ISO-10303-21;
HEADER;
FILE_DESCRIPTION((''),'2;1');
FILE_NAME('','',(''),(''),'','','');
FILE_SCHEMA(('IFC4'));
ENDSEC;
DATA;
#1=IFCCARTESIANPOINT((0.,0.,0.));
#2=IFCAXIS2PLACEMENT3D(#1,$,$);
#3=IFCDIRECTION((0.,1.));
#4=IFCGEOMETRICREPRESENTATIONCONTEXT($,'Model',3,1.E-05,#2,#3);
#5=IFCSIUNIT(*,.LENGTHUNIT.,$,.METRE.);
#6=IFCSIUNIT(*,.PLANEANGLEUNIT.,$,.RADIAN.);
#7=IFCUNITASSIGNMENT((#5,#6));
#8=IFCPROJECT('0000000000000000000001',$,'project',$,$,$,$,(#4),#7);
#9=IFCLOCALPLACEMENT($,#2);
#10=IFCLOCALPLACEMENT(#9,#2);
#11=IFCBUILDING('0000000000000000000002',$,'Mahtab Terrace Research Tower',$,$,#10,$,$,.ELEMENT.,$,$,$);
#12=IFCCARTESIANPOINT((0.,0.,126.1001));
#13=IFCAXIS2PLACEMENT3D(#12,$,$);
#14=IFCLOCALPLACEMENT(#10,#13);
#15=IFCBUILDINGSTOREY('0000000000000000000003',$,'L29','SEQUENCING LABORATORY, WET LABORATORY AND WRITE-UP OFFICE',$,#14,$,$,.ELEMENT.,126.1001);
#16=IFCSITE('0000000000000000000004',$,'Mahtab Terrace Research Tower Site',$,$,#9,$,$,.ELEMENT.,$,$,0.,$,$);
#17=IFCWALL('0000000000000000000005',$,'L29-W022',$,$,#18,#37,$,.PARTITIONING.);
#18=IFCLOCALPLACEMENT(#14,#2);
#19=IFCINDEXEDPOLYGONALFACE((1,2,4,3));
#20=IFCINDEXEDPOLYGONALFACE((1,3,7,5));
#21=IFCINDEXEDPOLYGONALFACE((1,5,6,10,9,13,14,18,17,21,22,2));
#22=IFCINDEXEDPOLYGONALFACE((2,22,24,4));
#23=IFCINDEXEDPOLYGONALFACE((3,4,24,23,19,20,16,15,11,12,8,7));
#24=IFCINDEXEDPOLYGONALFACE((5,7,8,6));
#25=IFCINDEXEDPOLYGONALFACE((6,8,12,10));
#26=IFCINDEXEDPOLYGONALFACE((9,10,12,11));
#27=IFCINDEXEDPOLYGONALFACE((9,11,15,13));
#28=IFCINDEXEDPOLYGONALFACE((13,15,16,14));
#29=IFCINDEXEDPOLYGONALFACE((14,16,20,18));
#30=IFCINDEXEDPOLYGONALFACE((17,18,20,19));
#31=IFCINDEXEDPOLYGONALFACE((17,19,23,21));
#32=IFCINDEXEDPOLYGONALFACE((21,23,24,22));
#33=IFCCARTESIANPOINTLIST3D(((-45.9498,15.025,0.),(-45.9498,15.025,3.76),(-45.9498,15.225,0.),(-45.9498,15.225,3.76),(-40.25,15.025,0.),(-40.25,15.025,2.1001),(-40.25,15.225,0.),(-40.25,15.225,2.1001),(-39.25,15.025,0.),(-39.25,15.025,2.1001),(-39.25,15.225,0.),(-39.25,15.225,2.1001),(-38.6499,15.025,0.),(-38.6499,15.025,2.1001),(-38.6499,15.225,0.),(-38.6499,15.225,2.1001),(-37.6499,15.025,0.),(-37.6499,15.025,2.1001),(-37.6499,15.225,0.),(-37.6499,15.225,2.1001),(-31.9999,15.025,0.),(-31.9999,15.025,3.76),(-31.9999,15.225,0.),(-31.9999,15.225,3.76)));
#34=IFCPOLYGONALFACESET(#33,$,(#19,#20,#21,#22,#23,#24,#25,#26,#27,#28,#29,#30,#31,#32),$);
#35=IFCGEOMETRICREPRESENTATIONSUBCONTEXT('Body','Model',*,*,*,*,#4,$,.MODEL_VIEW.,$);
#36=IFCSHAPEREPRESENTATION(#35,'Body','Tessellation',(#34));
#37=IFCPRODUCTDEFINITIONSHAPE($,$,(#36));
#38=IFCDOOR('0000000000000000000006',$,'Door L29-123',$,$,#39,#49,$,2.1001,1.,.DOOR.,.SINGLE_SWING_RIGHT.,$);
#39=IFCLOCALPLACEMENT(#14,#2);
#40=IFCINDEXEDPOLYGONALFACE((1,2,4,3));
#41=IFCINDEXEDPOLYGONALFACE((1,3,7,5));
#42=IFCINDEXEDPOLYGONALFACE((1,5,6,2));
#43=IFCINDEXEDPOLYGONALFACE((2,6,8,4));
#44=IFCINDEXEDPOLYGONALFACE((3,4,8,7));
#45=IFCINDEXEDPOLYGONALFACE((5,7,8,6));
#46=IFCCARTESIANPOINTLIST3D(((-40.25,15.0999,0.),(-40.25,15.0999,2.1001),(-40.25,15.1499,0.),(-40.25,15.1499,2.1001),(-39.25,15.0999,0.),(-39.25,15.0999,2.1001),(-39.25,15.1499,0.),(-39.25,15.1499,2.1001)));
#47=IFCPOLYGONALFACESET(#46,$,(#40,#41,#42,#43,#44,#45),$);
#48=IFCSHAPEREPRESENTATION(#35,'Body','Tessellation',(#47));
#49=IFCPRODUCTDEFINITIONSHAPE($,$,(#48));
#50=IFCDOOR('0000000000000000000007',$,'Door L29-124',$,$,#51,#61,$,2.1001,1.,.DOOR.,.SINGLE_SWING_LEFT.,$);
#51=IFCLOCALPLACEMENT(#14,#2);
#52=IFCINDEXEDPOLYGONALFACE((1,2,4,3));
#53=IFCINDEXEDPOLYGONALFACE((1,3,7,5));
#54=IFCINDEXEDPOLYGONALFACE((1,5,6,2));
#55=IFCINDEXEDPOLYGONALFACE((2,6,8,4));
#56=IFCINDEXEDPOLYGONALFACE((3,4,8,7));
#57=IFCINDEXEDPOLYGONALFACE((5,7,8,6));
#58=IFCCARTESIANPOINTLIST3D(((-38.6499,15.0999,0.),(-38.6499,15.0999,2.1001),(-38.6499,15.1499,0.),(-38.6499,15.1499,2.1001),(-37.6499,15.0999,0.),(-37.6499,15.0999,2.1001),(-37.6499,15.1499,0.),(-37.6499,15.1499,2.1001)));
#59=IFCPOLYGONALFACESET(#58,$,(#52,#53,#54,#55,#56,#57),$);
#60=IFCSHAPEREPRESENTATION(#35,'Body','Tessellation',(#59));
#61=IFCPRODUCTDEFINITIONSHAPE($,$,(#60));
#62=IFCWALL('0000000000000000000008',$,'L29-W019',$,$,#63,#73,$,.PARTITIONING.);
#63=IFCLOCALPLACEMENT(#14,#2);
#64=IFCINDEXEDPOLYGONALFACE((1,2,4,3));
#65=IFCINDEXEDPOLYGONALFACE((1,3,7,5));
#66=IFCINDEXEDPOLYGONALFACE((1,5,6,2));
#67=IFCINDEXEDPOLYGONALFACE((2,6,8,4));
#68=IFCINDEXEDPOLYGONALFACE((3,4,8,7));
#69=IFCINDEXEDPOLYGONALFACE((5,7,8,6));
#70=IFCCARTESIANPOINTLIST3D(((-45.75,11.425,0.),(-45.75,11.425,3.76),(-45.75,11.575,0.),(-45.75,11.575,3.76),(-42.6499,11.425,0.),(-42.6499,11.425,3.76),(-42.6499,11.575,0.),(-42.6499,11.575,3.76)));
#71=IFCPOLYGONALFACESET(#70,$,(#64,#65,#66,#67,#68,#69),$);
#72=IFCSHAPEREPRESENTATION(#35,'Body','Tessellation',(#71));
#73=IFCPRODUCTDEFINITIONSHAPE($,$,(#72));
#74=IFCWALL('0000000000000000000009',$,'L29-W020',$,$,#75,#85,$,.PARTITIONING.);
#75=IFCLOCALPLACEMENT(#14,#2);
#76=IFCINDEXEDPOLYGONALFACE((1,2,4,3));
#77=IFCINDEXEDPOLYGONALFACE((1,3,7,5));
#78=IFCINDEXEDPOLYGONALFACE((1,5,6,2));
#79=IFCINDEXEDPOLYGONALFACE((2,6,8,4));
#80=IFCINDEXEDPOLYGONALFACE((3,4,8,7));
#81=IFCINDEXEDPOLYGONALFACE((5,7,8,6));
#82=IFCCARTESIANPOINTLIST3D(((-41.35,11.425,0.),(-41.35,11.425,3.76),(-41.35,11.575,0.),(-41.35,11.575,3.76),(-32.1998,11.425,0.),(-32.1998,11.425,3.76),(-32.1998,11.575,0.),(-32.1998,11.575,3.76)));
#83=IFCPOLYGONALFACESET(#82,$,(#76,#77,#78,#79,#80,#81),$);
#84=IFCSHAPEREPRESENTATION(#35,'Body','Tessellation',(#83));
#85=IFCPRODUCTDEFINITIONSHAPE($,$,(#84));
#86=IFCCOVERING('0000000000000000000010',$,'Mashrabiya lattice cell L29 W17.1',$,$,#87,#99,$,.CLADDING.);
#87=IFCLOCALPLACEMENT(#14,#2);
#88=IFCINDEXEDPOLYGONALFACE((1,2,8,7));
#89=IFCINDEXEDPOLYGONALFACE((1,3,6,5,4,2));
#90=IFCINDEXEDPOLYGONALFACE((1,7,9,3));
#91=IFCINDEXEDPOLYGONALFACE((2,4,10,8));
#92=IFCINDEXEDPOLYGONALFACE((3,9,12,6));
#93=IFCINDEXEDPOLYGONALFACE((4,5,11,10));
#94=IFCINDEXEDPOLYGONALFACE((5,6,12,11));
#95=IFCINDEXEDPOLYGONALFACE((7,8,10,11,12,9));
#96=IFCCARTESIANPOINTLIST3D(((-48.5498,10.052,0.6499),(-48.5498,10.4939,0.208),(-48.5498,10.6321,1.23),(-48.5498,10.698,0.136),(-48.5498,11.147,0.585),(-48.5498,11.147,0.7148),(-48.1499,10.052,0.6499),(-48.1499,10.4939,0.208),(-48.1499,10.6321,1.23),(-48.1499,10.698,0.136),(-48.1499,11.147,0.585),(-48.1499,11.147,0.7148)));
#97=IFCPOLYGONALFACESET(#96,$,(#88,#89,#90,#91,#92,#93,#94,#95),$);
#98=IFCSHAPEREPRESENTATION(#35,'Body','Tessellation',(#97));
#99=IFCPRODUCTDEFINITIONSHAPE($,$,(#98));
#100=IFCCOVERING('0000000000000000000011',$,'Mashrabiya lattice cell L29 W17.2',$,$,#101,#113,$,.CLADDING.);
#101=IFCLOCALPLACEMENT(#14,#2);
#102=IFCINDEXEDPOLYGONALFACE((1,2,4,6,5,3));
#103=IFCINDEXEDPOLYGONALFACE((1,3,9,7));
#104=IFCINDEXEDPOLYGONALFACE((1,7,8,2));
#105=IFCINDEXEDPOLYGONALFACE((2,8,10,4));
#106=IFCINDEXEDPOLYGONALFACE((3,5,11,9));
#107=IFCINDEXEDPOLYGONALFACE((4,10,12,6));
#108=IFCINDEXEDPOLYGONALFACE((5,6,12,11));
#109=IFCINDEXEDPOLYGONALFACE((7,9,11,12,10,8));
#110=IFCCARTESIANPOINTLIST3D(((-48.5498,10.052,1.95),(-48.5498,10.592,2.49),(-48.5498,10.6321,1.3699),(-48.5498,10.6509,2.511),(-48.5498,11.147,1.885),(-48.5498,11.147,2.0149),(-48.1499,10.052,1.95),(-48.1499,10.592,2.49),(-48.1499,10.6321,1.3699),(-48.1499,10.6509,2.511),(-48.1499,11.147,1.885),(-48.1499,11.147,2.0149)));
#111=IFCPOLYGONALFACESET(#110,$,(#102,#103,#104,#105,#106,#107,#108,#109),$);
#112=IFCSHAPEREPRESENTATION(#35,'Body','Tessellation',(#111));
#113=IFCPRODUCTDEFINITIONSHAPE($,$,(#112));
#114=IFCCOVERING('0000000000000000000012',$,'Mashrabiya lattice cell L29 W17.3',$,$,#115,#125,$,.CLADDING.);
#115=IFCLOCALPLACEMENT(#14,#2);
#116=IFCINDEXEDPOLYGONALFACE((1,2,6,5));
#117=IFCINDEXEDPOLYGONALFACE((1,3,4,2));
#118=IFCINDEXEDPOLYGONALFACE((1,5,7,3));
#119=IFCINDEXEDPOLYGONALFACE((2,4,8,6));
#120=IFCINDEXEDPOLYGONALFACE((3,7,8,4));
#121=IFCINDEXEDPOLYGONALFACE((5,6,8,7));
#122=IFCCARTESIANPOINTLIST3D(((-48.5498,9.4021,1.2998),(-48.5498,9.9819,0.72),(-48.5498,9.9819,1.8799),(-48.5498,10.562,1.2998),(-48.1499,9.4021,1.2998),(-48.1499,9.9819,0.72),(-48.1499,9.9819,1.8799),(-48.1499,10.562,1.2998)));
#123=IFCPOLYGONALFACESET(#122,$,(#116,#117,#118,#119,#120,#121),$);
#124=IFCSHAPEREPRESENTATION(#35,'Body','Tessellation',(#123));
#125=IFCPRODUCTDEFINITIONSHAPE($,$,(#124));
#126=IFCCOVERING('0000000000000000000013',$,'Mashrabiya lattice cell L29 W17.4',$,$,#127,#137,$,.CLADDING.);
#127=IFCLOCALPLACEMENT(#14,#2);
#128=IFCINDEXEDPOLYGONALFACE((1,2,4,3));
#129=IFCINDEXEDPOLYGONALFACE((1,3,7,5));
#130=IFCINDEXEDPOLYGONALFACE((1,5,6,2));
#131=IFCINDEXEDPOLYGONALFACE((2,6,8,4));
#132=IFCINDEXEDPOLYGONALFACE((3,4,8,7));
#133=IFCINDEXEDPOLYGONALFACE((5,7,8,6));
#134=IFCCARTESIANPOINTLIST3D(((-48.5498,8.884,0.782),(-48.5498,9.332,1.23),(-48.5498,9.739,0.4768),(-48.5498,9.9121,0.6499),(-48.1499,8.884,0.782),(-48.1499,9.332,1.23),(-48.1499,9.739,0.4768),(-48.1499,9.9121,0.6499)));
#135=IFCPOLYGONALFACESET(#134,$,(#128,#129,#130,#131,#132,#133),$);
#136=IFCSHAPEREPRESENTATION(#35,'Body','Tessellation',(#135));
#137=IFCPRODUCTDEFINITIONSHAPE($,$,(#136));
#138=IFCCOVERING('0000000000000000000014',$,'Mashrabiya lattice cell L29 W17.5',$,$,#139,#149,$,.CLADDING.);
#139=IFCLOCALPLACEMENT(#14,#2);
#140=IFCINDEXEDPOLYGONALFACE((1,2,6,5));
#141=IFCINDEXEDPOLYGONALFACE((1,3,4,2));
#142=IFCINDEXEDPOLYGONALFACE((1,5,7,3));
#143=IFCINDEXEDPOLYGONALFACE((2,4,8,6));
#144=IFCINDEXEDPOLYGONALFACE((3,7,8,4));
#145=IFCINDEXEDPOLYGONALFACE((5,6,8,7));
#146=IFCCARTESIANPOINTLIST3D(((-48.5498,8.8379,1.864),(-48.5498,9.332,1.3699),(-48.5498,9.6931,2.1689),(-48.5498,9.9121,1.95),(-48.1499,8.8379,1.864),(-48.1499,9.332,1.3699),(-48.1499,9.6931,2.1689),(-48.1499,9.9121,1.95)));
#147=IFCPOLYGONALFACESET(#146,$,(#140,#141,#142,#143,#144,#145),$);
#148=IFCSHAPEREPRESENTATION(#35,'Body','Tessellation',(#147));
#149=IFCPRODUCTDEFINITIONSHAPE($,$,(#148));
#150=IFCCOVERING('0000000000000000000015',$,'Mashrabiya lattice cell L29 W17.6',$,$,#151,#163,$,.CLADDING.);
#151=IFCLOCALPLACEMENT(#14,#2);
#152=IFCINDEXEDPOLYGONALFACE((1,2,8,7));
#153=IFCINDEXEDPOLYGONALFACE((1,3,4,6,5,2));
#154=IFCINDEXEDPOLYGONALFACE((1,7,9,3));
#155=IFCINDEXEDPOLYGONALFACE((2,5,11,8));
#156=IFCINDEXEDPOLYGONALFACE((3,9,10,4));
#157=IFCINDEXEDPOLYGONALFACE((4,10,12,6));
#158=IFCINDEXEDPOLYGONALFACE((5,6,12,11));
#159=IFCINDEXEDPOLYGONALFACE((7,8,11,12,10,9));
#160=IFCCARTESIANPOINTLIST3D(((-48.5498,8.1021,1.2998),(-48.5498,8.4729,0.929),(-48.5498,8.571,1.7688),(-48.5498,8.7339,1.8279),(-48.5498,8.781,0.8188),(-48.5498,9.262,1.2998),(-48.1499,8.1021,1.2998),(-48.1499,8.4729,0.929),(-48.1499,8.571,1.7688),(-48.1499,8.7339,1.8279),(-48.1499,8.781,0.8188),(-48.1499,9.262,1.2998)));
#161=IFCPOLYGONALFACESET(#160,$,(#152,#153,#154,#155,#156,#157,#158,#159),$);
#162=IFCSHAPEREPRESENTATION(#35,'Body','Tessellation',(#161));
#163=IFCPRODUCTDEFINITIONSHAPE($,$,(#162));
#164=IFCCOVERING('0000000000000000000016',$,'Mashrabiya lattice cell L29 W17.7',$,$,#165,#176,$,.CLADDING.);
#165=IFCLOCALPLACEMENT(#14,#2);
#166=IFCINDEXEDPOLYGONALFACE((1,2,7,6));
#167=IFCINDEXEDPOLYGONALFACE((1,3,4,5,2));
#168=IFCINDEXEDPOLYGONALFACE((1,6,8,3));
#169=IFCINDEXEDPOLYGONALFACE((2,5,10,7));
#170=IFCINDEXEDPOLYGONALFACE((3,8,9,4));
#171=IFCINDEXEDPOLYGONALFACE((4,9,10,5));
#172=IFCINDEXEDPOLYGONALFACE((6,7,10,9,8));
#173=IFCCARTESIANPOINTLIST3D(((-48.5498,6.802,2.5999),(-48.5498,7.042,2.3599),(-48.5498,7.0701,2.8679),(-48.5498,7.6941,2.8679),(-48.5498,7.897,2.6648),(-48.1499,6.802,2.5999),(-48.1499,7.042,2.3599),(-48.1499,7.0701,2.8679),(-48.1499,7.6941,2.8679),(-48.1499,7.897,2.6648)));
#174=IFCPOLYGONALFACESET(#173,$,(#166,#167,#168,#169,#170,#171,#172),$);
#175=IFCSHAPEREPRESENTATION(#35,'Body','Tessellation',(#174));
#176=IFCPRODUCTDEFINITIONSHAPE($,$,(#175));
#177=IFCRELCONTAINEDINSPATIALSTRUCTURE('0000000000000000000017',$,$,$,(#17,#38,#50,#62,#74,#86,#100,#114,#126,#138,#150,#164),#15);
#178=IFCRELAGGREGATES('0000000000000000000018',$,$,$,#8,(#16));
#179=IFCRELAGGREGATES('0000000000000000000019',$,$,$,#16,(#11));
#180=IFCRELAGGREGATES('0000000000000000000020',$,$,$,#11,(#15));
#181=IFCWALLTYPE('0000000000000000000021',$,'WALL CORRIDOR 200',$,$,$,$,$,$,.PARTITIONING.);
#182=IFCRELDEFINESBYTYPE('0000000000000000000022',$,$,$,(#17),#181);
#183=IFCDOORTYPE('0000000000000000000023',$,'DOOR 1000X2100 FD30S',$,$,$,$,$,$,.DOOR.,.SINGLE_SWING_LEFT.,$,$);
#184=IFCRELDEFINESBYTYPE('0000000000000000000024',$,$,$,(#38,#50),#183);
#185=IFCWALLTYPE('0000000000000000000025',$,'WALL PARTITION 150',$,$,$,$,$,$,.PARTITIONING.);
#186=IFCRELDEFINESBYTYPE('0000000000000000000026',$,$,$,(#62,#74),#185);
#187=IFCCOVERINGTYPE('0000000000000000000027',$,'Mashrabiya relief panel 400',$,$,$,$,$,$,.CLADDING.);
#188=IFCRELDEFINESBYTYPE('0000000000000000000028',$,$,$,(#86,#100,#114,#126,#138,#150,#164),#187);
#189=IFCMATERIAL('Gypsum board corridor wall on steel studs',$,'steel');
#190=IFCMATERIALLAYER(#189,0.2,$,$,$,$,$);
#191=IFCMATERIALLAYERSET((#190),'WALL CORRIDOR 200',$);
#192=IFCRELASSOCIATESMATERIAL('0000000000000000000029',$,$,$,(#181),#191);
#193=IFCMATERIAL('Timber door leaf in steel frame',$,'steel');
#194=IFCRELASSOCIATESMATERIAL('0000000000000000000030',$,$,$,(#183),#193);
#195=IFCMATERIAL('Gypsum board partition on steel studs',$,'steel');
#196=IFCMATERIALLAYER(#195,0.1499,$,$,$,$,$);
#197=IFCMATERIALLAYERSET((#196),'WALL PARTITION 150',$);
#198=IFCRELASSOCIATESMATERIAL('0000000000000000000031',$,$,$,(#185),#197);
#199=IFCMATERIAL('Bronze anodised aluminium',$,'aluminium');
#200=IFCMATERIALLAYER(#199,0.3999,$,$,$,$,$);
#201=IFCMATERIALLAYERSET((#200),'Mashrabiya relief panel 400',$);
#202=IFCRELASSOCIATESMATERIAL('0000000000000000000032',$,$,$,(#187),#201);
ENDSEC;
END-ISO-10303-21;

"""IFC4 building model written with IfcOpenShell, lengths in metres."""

from ifc_helpers import new_model, si_unit, direction, frame, frame_2d, origin, place, context, subcontext, project, spatial, polyline, rectangle, outline, extrude, material, layer, layer_set, type_object, element, fill, save


model = new_model("IFC4")

# Units and contexts
model_context = context("Model", 3, precision=1e-05, world=origin(), true_north=direction((0.0, 1.0)))
body_context = subcontext(model_context, "Body", "Model", "MODEL_VIEW")
ifc_project = project(units=[si_unit("LENGTHUNIT", "METRE"), si_unit("PLANEANGLEUNIT", "RADIAN")], contexts=[model_context])

# Site, building, storey
site_placement = place(None, origin())
site = spatial("IfcSite", under=ifc_project, at=site_placement, Name="Mahtab Terrace Research Tower Site", CompositionType="ELEMENT", RefElevation=0.0)
building_placement = place(site_placement, origin())
building = spatial("IfcBuilding", under=site, at=building_placement, Name="Mahtab Terrace Research Tower", CompositionType="ELEMENT")
storey_placement = place(building_placement, frame((0.0, 0.0, 126.1001)))
storey = spatial("IfcBuildingStorey", under=building, at=storey_placement, Name="L29", Description="SEQUENCING LABORATORY, WET LABORATORY AND WRITE-UP OFFICE", CompositionType="ELEMENT", Elevation=126.1001)

# Wall, openings, doors
ifc_material_1 = material(Name="Gypsum board corridor wall on steel studs", Category="steel")
ifc_layer_1 = layer(ifc_material_1, 0.2)
ifc_layer_set_1 = layer_set([ifc_layer_1], Name="WALL CORRIDOR 200")
wall_type_1 = type_object("IfcWallType", Name="WALL CORRIDOR 200", PredefinedType="PARTITIONING", material=ifc_layer_set_1)
wall_1_placement = place(storey_placement, frame((-45.95, 15.125, 0.0), z_axis=(0.0, 0.0, 1.0), x_axis=(1.0, 0.0, 0.0)))
wall_1 = element("IfcWall", 1, at=wall_1_placement, inside=storey, type_object=wall_type_1, Name="L29-W022", PredefinedType="PARTITIONING", context=body_context, shape_type="SweptSolid", body=[
    extrude(rectangle(XDim=13.95, YDim=0.2, at=frame_2d((6.9751, 0.0))), origin(), (0.0, 0.0, 1.0), 3.76),
])
opening_1_placement = place(wall_1_placement, frame((5.7, 0.0, 0.0)))
opening_1 = element("IfcOpeningElement", 2, at=opening_1_placement, cuts=wall_1, PredefinedType="OPENING", context=body_context, shape_type="SweptSolid", body=[
    extrude(rectangle(XDim=1.0, YDim=2.1001, at=frame_2d((0.5, 1.05))), frame((0.0, 0.1099, 0.0), z_axis=(0.0, -1.0, 0.0), x_axis=(1.0, 0.0, 0.0)), (0.0, 0.0, 1.0), 0.22),
])
opening_2_placement = place(wall_1_placement, frame((7.3, 0.0, 0.0)))
opening_2 = element("IfcOpeningElement", 3, at=opening_2_placement, cuts=wall_1, PredefinedType="OPENING", context=body_context, shape_type="SweptSolid", body=[
    extrude(rectangle(XDim=1.0, YDim=2.1001, at=frame_2d((0.5, 1.05))), frame((0.0, 0.1099, 0.0), z_axis=(0.0, -1.0, 0.0), x_axis=(1.0, 0.0, 0.0)), (0.0, 0.0, 1.0), 0.22),
])
ifc_material_2 = material(Name="Timber door leaf in steel frame", Category="steel")
door_type = type_object("IfcDoorType", Name="DOOR 1000X2100 FD30S", OperationType="SINGLE_SWING_LEFT", PredefinedType="DOOR", material=ifc_material_2)
door_1_placement = place(opening_1_placement, origin())
door_1 = element("IfcDoor", 4, at=door_1_placement, inside=storey, type_object=door_type, Name="Door L29-123", OperationType="SINGLE_SWING_RIGHT", OverallHeight=2.1001, OverallWidth=1.0, PredefinedType="DOOR", context=body_context, shape_type="SweptSolid", body=[
    extrude(rectangle(XDim=1.0, YDim=2.1001, at=frame_2d((0.5, 1.05))), frame((0.0, 0.0249, 0.0), z_axis=(0.0, -1.0, 0.0), x_axis=(1.0, 0.0, 0.0)), (0.0, 0.0, 1.0), 0.05),
])
fill(opening_1, door_1)
door_2_placement = place(opening_2_placement, origin())
door_2 = element("IfcDoor", 5, at=door_2_placement, inside=storey, type_object=door_type, Name="Door L29-124", OperationType="SINGLE_SWING_LEFT", OverallHeight=2.1001, OverallWidth=1.0, PredefinedType="DOOR", context=body_context, shape_type="SweptSolid", body=[
    extrude(rectangle(XDim=1.0, YDim=2.1001, at=frame_2d((0.5, 1.05))), frame((0.0, 0.0249, 0.0), z_axis=(0.0, -1.0, 0.0), x_axis=(1.0, 0.0, 0.0)), (0.0, 0.0, 1.0), 0.05),
])
fill(opening_2, door_2)

# Walls
ifc_material_3 = material(Name="Gypsum board partition on steel studs", Category="steel")
ifc_layer_2 = layer(ifc_material_3, 0.1499)
ifc_layer_set_2 = layer_set([ifc_layer_2], Name="WALL PARTITION 150")
wall_type_2 = type_object("IfcWallType", Name="WALL PARTITION 150", PredefinedType="PARTITIONING", material=ifc_layer_set_2)
wall_2_placement = place(storey_placement, frame((-45.75, 11.5, 0.0), z_axis=(0.0, 0.0, 1.0), x_axis=(1.0, 0.0, 0.0)))
element("IfcWall", 6, at=wall_2_placement, inside=storey, type_object=wall_type_2, Name="L29-W019", PredefinedType="PARTITIONING", context=body_context, shape_type="SweptSolid", body=[
    extrude(rectangle(XDim=3.1001, YDim=0.1499, at=frame_2d((1.55, 0.0))), origin(), (0.0, 0.0, 1.0), 3.76),
])
wall_3_placement = place(storey_placement, frame((-41.3501, 11.5, 0.0), z_axis=(0.0, 0.0, 1.0), x_axis=(1.0, 0.0, 0.0)))
element("IfcWall", 7, at=wall_3_placement, inside=storey, type_object=wall_type_2, Name="L29-W020", PredefinedType="PARTITIONING", context=body_context, shape_type="SweptSolid", body=[
    extrude(rectangle(XDim=9.1501, YDim=0.1499, at=frame_2d((4.5752, 0.0))), origin(), (0.0, 0.0, 1.0), 3.76),
])

# Coverings
ifc_material_4 = material(Name="Bronze anodised aluminium", Category="aluminium")
ifc_layer_3 = layer(ifc_material_4, 0.3999)
ifc_layer_set_3 = layer_set([ifc_layer_3], Name="Mashrabiya relief panel 400")
covering_type = type_object("IfcCoveringType", Name="Mashrabiya relief panel 400", PredefinedType="CLADDING", material=ifc_layer_set_3)
covering_1_placement = place(storey_placement, frame((-48.1499, 11.147, 0.585), z_axis=(1.0, 0.0, 0.0), x_axis=(0.0, 0.0, 1.0)))
element("IfcCovering", 8, at=covering_1_placement, inside=storey, type_object=covering_type, Name="Mashrabiya lattice cell L29 W17.1", PredefinedType="CLADDING", context=body_context, shape_type="SweptSolid", body=[
    extrude(outline(polyline([(0.0, 0.0), (0.1299, 0.0), (0.645, 0.5149), (0.0649, 1.095), (-0.377, 0.6531), (-0.449, 0.449), (0.0, 0.0)])), origin(), (0.0, 0.0, -1.0), 0.3999),
])
covering_2_placement = place(storey_placement, frame((-48.1499, 10.052, 1.95), z_axis=(1.0, 0.0, 0.0), x_axis=(0.0, 0.707107, -0.707107)))
element("IfcCovering", 9, at=covering_2_placement, inside=storey, type_object=covering_type, Name="Mashrabiya lattice cell L29 W17.2", PredefinedType="CLADDING", context=body_context, shape_type="SweptSolid", body=[
    extrude(outline(polyline([(0.0, 0.0), (0.8204, 0.0), (0.8202, 0.7283), (0.7283, 0.8202), (0.0268, 0.8202), (0.0, 0.7637), (0.0, 0.0)])), origin(), (0.0, 0.0, -1.0), 0.3999),
])
covering_3_placement = place(storey_placement, frame((-48.1499, 9.9819, 1.8799), z_axis=(1.0, 0.0, 0.0), x_axis=(0.0, -0.706958, -0.707256)))
element("IfcCovering", 10, at=covering_3_placement, inside=storey, type_object=covering_type, Name="Mashrabiya lattice cell L29 W17.3", PredefinedType="CLADDING", context=body_context, shape_type="SweptSolid", body=[
    extrude(outline(polyline([(0.0, 0.0), (0.8202, 0.0), (0.8204, 0.82), (0.0002, 0.8204), (0.0, 0.0)])), origin(), (0.0, 0.0, -1.0), 0.3999),
])
covering_4_placement = place(storey_placement, frame((-48.1499, 9.9121, 0.6499), z_axis=(1.0, 0.0, 0.0), x_axis=(0.0, -0.707107, 0.707107)))
element("IfcCovering", 11, at=covering_4_placement, inside=storey, type_object=covering_type, Name="Mashrabiya lattice cell L29 W17.4", PredefinedType="CLADDING", context=body_context, shape_type="SweptSolid", body=[
    extrude(outline(polyline([(0.0, 0.0), (0.8204, 0.0), (0.8204, 0.6336), (0.0, 0.2448), (0.0, 0.0)])), origin(), (0.0, 0.0, -1.0), 0.3999),
])
covering_5_placement = place(storey_placement, frame((-48.1499, 9.332, 1.3699), z_axis=(1.0, 0.0, 0.0), x_axis=(0.0, 0.707107, 0.707107)))
element("IfcCovering", 12, at=covering_5_placement, inside=storey, type_object=covering_type, Name="Mashrabiya lattice cell L29 W17.5", PredefinedType="CLADDING", context=body_context, shape_type="SweptSolid", body=[
    extrude(outline(polyline([(0.0, 0.0), (0.8204, 0.0), (0.8204, 0.3097), (0.0, 0.6988), (0.0, 0.0)])), origin(), (0.0, 0.0, -1.0), 0.3999),
])
covering_6_placement = place(storey_placement, frame((-48.1499, 9.262, 1.2998), z_axis=(1.0, 0.0, 0.0), x_axis=(0.0, -0.707107, 0.707107)))
element("IfcCovering", 13, at=covering_6_placement, inside=storey, type_object=covering_type, Name="Mashrabiya lattice cell L29 W17.6", PredefinedType="CLADDING", context=body_context, shape_type="SweptSolid", body=[
    extrude(outline(polyline([(0.0, 0.0), (0.7468, 0.0), (0.8202, 0.1569), (0.8202, 0.8202), (0.2957, 0.8202), (0.0, 0.6802), (0.0, 0.0)])), origin(), (0.0, 0.0, -1.0), 0.3999),
])
covering_7_placement = place(storey_placement, frame((-48.1499, 6.802, 2.5999), z_axis=(1.0, 0.0, 0.0), x_axis=(0.0, 0.707107, -0.707107)))
element("IfcCovering", 14, at=covering_7_placement, inside=storey, type_object=covering_type, Name="Mashrabiya lattice cell L29 W17.7", PredefinedType="CLADDING", context=body_context, shape_type="SweptSolid", body=[
    extrude(outline(polyline([(0.0, 0.0), (0.3394, 0.0), (0.7283, 0.8202), (0.4413, 0.8204), (0.0, 0.3791), (0.0, 0.0)])), origin(), (0.0, 0.0, -1.0), 0.3999),
])

save(model, "model.ifc")
